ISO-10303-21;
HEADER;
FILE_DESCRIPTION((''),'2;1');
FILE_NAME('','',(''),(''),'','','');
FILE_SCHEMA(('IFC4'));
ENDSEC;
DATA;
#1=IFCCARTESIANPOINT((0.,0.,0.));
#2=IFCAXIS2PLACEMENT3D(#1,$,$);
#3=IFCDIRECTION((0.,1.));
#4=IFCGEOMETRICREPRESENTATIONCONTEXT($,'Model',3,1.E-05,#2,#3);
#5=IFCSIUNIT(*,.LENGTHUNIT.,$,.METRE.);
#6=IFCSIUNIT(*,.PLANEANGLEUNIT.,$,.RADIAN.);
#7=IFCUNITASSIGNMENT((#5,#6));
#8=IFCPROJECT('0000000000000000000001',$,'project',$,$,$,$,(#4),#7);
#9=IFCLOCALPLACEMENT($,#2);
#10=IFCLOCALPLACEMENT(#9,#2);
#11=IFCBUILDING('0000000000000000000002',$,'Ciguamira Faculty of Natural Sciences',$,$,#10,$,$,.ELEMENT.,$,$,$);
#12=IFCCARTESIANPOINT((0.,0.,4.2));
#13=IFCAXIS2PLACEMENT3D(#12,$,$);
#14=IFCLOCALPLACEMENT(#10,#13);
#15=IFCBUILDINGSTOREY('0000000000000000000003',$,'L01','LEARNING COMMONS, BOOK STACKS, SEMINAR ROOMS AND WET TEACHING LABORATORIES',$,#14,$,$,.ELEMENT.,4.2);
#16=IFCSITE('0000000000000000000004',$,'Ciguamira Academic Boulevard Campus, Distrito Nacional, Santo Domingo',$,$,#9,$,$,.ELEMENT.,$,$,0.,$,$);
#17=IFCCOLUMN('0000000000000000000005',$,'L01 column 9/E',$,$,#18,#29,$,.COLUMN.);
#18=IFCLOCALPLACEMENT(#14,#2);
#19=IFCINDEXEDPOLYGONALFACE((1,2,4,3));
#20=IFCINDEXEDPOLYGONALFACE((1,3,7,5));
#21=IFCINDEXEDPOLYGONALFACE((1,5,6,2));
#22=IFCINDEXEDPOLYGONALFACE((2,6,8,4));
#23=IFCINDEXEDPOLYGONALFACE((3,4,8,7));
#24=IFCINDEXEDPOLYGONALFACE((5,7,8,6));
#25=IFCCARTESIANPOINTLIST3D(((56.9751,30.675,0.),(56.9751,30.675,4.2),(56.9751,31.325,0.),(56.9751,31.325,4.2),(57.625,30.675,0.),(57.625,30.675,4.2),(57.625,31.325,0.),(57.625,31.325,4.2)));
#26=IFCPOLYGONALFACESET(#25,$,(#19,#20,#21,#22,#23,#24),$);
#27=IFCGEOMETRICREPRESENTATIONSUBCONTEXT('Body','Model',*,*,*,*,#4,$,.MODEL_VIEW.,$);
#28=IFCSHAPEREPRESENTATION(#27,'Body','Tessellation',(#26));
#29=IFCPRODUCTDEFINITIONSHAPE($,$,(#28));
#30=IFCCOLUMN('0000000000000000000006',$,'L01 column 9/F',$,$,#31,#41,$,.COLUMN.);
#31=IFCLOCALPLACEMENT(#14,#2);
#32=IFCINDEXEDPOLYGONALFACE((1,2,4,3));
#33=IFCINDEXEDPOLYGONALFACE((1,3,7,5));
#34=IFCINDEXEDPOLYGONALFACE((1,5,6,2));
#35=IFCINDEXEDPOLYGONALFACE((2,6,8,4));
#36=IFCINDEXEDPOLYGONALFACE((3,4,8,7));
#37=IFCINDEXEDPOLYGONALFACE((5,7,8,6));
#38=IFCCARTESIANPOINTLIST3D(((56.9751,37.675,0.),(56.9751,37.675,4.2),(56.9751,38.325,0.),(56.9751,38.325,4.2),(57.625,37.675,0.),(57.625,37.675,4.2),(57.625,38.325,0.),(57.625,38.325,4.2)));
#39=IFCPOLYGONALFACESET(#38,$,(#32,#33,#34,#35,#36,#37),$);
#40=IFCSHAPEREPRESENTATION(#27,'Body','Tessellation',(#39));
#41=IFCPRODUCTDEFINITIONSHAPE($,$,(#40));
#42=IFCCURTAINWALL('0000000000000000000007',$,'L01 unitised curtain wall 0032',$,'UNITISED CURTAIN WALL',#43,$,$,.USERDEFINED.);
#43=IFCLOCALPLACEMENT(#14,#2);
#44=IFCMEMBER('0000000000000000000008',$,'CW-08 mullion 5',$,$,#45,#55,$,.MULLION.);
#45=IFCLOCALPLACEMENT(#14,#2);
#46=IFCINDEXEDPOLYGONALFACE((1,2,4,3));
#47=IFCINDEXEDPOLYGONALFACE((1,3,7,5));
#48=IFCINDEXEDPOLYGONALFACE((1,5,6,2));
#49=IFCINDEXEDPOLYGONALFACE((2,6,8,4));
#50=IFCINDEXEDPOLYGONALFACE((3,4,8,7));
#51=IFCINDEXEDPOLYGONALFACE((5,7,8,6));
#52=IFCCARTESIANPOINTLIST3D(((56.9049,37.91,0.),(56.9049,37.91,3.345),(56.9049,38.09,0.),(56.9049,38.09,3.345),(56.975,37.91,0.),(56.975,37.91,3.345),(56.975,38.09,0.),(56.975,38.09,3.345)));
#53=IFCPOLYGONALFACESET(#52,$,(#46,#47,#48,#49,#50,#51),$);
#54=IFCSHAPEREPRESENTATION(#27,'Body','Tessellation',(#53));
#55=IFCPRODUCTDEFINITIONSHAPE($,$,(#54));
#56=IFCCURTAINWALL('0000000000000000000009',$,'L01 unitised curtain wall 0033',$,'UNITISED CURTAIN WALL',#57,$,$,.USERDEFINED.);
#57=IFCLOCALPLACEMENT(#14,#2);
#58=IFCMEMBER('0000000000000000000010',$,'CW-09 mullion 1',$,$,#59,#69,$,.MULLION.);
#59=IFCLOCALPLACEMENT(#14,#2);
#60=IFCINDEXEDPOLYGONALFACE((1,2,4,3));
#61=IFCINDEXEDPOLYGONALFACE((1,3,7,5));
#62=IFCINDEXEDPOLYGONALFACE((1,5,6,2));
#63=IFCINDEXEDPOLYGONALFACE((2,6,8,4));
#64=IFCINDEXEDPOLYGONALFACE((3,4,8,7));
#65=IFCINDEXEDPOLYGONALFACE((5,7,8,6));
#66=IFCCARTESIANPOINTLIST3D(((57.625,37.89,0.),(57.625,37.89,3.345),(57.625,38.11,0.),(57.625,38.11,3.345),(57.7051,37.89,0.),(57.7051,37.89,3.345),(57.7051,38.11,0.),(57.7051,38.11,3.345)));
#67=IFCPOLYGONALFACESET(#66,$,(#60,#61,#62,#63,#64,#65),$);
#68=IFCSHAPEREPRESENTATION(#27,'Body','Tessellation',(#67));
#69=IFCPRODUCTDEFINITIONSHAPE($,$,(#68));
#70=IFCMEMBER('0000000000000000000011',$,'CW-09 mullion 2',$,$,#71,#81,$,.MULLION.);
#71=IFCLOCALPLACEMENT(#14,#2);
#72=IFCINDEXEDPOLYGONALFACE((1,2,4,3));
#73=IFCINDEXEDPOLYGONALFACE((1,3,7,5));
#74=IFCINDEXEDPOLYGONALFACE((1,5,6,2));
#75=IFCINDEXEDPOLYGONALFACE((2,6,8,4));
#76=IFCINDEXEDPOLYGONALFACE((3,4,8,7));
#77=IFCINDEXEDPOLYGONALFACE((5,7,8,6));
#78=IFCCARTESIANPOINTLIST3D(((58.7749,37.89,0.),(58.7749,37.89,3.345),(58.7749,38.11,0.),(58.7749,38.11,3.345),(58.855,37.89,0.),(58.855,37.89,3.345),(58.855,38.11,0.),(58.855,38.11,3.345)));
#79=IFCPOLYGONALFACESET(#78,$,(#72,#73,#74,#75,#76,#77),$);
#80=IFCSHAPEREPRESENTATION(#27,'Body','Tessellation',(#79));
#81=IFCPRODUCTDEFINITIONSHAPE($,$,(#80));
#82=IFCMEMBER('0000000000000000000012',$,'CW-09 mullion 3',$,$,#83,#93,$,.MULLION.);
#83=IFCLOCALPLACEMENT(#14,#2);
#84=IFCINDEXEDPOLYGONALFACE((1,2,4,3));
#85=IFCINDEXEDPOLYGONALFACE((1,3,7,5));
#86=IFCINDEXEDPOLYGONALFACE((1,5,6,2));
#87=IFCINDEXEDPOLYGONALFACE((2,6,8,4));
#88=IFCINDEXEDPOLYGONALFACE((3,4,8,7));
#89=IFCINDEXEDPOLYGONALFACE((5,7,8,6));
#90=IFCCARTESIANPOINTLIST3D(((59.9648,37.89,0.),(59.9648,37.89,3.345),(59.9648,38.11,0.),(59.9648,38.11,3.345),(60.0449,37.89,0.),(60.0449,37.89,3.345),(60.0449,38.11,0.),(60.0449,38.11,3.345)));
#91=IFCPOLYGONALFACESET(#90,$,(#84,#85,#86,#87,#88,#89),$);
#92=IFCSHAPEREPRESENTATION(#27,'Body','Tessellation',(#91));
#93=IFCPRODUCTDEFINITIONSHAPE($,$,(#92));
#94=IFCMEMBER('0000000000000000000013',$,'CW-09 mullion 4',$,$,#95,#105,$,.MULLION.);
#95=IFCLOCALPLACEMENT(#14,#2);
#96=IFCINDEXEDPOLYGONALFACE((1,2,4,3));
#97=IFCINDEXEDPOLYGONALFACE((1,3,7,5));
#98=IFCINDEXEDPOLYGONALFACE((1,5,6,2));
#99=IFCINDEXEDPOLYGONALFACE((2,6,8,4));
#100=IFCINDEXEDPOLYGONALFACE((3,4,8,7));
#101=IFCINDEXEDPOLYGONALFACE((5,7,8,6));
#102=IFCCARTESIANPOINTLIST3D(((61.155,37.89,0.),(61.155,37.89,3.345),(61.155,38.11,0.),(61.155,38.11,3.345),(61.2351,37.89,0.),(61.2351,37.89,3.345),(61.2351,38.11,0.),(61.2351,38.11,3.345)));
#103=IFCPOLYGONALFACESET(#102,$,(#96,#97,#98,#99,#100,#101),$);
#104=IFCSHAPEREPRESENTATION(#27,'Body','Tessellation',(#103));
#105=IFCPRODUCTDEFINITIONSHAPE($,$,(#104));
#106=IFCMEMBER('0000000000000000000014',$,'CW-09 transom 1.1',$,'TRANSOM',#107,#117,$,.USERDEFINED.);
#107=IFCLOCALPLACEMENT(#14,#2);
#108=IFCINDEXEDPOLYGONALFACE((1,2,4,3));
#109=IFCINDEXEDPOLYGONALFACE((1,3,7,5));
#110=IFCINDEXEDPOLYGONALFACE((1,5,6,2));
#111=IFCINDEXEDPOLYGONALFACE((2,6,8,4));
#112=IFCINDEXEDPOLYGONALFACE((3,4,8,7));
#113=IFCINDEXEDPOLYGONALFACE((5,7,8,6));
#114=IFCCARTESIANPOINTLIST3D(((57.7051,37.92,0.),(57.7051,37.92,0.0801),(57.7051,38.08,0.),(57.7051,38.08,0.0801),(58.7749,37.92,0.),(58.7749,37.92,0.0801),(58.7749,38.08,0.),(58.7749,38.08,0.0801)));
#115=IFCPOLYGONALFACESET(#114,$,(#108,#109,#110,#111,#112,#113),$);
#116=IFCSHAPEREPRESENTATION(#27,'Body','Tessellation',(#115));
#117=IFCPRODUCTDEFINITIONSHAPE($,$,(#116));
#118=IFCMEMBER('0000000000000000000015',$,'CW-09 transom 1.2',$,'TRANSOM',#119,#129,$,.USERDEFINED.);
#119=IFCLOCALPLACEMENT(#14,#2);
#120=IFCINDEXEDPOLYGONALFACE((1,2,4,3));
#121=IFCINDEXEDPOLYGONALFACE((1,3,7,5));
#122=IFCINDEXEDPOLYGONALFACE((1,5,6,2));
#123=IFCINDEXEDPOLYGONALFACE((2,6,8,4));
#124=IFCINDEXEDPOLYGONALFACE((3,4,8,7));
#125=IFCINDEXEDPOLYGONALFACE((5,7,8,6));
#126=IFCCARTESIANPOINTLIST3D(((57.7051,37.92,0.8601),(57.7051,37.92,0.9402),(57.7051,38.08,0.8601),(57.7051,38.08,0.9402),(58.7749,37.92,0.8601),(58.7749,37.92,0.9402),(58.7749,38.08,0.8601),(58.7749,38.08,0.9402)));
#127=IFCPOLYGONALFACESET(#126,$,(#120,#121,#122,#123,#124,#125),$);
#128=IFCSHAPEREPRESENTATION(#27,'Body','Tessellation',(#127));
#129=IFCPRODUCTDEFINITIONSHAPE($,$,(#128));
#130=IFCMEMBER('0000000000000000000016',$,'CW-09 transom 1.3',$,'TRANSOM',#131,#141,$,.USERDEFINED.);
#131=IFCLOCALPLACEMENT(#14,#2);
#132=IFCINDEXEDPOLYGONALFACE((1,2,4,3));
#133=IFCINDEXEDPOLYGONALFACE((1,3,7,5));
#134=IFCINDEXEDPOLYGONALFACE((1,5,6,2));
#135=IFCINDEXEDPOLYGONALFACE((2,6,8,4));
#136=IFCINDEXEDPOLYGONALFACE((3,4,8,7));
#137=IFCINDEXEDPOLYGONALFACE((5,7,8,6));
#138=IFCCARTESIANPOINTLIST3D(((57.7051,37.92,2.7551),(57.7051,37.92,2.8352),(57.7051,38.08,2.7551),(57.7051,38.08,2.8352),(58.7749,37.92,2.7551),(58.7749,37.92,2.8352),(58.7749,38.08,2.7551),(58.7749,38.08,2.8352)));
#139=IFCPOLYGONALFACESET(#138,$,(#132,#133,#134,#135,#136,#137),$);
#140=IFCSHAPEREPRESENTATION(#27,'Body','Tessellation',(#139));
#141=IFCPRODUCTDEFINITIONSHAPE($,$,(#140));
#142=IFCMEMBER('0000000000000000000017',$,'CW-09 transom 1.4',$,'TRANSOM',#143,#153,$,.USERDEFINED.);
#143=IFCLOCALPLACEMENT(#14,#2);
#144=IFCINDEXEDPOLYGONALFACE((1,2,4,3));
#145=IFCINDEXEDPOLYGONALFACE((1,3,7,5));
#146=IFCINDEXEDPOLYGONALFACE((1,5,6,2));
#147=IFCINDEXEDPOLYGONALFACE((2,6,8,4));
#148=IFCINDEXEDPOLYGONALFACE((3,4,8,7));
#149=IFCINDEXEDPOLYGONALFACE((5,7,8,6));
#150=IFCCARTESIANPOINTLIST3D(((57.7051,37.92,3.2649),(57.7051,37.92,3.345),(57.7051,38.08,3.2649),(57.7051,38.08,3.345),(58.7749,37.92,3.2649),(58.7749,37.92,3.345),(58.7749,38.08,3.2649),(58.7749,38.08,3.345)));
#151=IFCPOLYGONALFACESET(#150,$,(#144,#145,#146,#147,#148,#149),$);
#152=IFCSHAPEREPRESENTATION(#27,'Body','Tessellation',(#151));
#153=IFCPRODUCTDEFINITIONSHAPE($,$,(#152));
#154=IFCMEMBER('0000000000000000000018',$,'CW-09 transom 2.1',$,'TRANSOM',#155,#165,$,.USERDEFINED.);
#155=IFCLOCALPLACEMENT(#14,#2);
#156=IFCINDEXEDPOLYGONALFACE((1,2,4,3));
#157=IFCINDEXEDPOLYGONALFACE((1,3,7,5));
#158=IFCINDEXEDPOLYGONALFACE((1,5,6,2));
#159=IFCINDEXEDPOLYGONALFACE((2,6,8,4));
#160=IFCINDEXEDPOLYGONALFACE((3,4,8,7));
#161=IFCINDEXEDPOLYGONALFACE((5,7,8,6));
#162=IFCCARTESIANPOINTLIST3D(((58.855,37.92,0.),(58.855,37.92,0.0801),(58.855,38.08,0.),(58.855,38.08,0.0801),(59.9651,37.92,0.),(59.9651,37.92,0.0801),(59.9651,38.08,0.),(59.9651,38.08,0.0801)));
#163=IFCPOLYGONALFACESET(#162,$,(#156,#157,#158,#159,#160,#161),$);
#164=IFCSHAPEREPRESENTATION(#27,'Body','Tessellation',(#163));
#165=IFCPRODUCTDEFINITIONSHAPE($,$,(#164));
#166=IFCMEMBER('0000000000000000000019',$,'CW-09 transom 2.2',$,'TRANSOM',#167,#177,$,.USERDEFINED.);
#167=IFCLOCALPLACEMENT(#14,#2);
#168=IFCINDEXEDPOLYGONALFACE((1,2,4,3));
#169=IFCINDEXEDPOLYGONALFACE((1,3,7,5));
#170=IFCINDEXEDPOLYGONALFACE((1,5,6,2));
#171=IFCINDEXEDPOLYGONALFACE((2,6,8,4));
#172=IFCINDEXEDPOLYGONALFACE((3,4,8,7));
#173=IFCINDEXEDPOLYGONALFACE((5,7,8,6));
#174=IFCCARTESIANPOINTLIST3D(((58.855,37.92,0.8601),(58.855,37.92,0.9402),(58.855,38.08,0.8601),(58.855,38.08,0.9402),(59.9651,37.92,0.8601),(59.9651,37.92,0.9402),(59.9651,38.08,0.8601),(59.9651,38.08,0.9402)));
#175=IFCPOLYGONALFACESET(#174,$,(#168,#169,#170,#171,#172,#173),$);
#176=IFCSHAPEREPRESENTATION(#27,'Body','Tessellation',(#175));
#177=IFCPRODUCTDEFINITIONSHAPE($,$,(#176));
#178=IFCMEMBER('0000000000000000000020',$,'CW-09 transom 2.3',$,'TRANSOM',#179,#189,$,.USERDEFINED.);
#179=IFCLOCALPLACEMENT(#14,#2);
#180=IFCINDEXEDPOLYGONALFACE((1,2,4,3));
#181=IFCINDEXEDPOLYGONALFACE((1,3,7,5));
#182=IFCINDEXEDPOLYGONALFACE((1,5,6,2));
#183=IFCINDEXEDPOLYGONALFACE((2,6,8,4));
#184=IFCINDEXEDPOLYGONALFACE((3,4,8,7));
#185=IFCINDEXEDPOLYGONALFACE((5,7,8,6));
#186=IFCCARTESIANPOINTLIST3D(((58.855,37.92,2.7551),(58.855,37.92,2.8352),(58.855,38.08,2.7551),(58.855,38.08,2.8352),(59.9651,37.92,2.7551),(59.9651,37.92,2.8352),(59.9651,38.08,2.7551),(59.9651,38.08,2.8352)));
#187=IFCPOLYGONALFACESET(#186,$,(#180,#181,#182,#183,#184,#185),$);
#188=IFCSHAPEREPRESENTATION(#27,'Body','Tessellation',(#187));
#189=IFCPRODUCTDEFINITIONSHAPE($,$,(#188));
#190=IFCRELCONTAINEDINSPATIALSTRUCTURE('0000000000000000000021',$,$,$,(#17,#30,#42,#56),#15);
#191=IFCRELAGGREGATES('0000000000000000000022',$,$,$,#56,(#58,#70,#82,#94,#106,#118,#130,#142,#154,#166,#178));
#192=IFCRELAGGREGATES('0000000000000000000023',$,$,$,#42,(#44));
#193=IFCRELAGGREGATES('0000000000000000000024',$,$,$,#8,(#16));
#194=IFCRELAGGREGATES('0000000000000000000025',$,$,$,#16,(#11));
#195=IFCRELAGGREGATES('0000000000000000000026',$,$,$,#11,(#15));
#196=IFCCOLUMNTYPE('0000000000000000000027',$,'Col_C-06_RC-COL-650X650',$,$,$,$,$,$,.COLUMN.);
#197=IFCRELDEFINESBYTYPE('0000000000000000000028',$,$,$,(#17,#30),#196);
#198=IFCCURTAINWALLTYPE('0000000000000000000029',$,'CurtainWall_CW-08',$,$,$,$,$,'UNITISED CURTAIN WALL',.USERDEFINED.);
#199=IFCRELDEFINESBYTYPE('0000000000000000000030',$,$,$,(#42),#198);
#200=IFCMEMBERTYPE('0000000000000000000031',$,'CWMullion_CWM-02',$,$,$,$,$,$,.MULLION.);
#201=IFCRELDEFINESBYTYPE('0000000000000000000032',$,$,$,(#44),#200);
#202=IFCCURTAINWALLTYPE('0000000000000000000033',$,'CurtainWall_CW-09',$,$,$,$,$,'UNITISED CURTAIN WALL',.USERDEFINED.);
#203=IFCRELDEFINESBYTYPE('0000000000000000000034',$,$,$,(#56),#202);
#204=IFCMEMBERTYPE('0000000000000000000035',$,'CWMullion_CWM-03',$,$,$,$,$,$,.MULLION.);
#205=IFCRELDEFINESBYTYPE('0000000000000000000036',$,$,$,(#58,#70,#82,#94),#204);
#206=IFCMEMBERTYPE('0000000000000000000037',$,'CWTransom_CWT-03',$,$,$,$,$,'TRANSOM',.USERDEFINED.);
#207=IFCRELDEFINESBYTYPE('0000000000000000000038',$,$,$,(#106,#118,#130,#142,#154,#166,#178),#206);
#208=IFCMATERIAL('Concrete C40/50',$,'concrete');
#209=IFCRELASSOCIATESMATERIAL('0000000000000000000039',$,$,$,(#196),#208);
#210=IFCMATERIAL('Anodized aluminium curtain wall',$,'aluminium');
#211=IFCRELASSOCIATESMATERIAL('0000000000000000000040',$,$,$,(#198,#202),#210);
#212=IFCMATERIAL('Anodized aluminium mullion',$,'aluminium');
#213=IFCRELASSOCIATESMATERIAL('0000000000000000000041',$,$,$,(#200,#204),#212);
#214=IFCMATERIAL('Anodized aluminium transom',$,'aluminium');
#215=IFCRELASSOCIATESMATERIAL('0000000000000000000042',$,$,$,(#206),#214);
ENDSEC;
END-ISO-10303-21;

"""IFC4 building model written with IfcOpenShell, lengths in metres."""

from ifc_helpers import new_model, si_unit, direction, frame, origin, origin_2d, place, context, subcontext, project, spatial, rectangle, extrude, material, material_profile, profile_set, type_object, element, aggregate, save


model = new_model("IFC4")

# Units and contexts
model_context = context("Model", 3, precision=1e-05, world=origin(), true_north=direction((0.0, 1.0)))
body_context = subcontext(model_context, "Body", "Model", "MODEL_VIEW")
ifc_project = project(units=[si_unit("LENGTHUNIT", "METRE"), si_unit("PLANEANGLEUNIT", "RADIAN")], contexts=[model_context])

# Site, building, storey
site_placement = place(None, origin())
site = spatial("IfcSite", under=ifc_project, at=site_placement, Name="Ciguamira Academic Boulevard Campus, Distrito Nacional, Santo Domingo", CompositionType="ELEMENT", RefElevation=0.0)
building_placement = place(site_placement, origin())
building = spatial("IfcBuilding", under=site, at=building_placement, Name="Ciguamira Faculty of Natural Sciences", CompositionType="ELEMENT")
storey_placement = place(building_placement, frame((0.0, 0.0, 4.2)))
storey = spatial("IfcBuildingStorey", under=building, at=storey_placement, Name="L01", Description="LEARNING COMMONS, BOOK STACKS, SEMINAR ROOMS AND WET TEACHING LABORATORIES", CompositionType="ELEMENT", Elevation=4.2)

# Columns
ifc_material_1 = material(Name="Concrete C40/50", Category="concrete")
ifc_material_profile_1 = material_profile(ifc_material_1, rectangle(XDim=0.6499, YDim=0.6499, at=origin_2d()), Name="RC-COL-650X650")
ifc_profile_set_1 = profile_set([ifc_material_profile_1], Name="Concrete C40/50")
column_type = type_object("IfcColumnType", Name="Col_C-06_RC-COL-650X650", PredefinedType="COLUMN", material=ifc_profile_set_1)
for number, where, z_axis, x_axis, name in (
    (1, (57.3, 31.0, 0.0), (0.0, 0.0, 1.0), (1.0, 0.0, 0.0), "L01 column 9/E"),
    (2, (57.3, 38.0, 0.0), (0.0, 0.0, 1.0), (1.0, 0.0, 0.0), "L01 column 9/F"),
):
    element("IfcColumn", number, at=place(storey_placement, frame(where, z_axis=z_axis, x_axis=x_axis)), inside=storey, type_object=column_type, Name=name, PredefinedType="COLUMN", context=body_context, shape_type="SweptSolid", body=[
        extrude(rectangle(XDim=0.6499, YDim=0.6499, at=origin_2d()), origin(), (0.0, 0.0, 1.0), 4.2),
    ])

# Curtain wall, member
ifc_material_2 = material(Name="Anodized aluminium curtain wall", Category="aluminium")
curtain_wall_type_1 = type_object("IfcCurtainWallType", Name="CurtainWall_CW-08", ElementType="UNITISED CURTAIN WALL", PredefinedType="USERDEFINED", material=ifc_material_2)
curtain_wall_1_placement = place(storey_placement, origin())
curtain_wall_1 = element("IfcCurtainWall", 3, at=curtain_wall_1_placement, inside=storey, type_object=curtain_wall_type_1, Name="L01 unitised curtain wall 0032", ObjectType="UNITISED CURTAIN WALL", PredefinedType="USERDEFINED")
ifc_material_3 = material(Name="Anodized aluminium mullion", Category="aluminium")
ifc_material_profile_2 = material_profile(ifc_material_3, rectangle(XDim=0.0701, YDim=0.1799, at=origin_2d()), Name="ALU-MUL-70X180")
ifc_profile_set_2 = profile_set([ifc_material_profile_2], Name="Anodized aluminium mullion")
member_type_1 = type_object("IfcMemberType", Name="CWMullion_CWM-02", PredefinedType="MULLION", material=ifc_profile_set_2)
member_1_placement = place(storey_placement, frame((56.9399, 38.0, 0.0), z_axis=(0.0, 0.0, 1.0), x_axis=(1.0, 0.0, 0.0)))
member_1 = element("IfcMember", 4, at=member_1_placement, type_object=member_type_1, Name="CW-08 mullion 5", PredefinedType="MULLION", context=body_context, shape_type="SweptSolid", body=[
    extrude(rectangle(XDim=0.0701, YDim=0.1799, at=origin_2d()), origin(), (0.0, 0.0, 1.0), 3.345),
])

# Curtain wall, members
curtain_wall_type_2 = type_object("IfcCurtainWallType", Name="CurtainWall_CW-09", ElementType="UNITISED CURTAIN WALL", PredefinedType="USERDEFINED", material=ifc_material_2)
curtain_wall_2_placement = place(storey_placement, origin())
curtain_wall_2 = element("IfcCurtainWall", 5, at=curtain_wall_2_placement, inside=storey, type_object=curtain_wall_type_2, Name="L01 unitised curtain wall 0033", ObjectType="UNITISED CURTAIN WALL", PredefinedType="USERDEFINED")
ifc_material_profile_3 = material_profile(ifc_material_3, rectangle(XDim=0.0801, YDim=0.22, at=origin_2d()), Name="ALU-MUL-80X220")
ifc_profile_set_3 = profile_set([ifc_material_profile_3], Name="Anodized aluminium mullion")
member_type_2 = type_object("IfcMemberType", Name="CWMullion_CWM-03", PredefinedType="MULLION", material=ifc_profile_set_3)
member_2_placement = place(storey_placement, frame((57.665, 38.0, 0.0), z_axis=(0.0, 0.0, 1.0), x_axis=(1.0, 0.0, 0.0)))
member_2 = element("IfcMember", 6, at=member_2_placement, type_object=member_type_2, Name="CW-09 mullion 1", PredefinedType="MULLION", context=body_context, shape_type="SweptSolid", body=[
    extrude(rectangle(XDim=0.0801, YDim=0.22, at=origin_2d()), origin(), (0.0, 0.0, 1.0), 3.345),
])
member_3_placement = place(storey_placement, frame((58.8149, 38.0, 0.0), z_axis=(0.0, 0.0, 1.0), x_axis=(1.0, 0.0, 0.0)))
member_3 = element("IfcMember", 7, at=member_3_placement, type_object=member_type_2, Name="CW-09 mullion 2", PredefinedType="MULLION", context=body_context, shape_type="SweptSolid", body=[
    extrude(rectangle(XDim=0.0801, YDim=0.22, at=origin_2d()), origin(), (0.0, 0.0, 1.0), 3.345),
])
member_4_placement = place(storey_placement, frame((60.0049, 38.0, 0.0), z_axis=(0.0, 0.0, 1.0), x_axis=(1.0, 0.0, 0.0)))
member_4 = element("IfcMember", 8, at=member_4_placement, type_object=member_type_2, Name="CW-09 mullion 3", PredefinedType="MULLION", context=body_context, shape_type="SweptSolid", body=[
    extrude(rectangle(XDim=0.0801, YDim=0.22, at=origin_2d()), origin(), (0.0, 0.0, 1.0), 3.345),
])
member_5_placement = place(storey_placement, frame((61.1951, 38.0, 0.0), z_axis=(0.0, 0.0, 1.0), x_axis=(1.0, 0.0, 0.0)))
member_5 = element("IfcMember", 9, at=member_5_placement, type_object=member_type_2, Name="CW-09 mullion 4", PredefinedType="MULLION", context=body_context, shape_type="SweptSolid", body=[
    extrude(rectangle(XDim=0.0801, YDim=0.22, at=origin_2d()), origin(), (0.0, 0.0, 1.0), 3.345),
])
ifc_material_4 = material(Name="Anodized aluminium transom", Category="aluminium")
ifc_material_profile_4 = material_profile(ifc_material_4, rectangle(XDim=0.0801, YDim=0.1599, at=origin_2d()), Name="ALU-TRN-80X160")
ifc_profile_set_4 = profile_set([ifc_material_profile_4], Name="Anodized aluminium transom")
member_type_3 = type_object("IfcMemberType", Name="CWTransom_CWT-03", ElementType="TRANSOM", PredefinedType="USERDEFINED", material=ifc_profile_set_4)
member_6_placement = place(storey_placement, frame((57.7051, 38.0, 0.04), z_axis=(1.0, 0.0, 0.0), x_axis=(0.0, 0.0, 1.0)))
member_6 = element("IfcMember", 10, at=member_6_placement, type_object=member_type_3, Name="CW-09 transom 1.1", ObjectType="TRANSOM", PredefinedType="USERDEFINED", context=body_context, shape_type="SweptSolid", body=[
    extrude(rectangle(XDim=0.0801, YDim=0.1599, at=origin_2d()), origin(), (0.0, 0.0, 1.0), 1.0698),
])
member_7_placement = place(storey_placement, frame((57.7051, 38.0, 0.9001), z_axis=(1.0, 0.0, 0.0), x_axis=(0.0, 0.0, 1.0)))
member_7 = element("IfcMember", 11, at=member_7_placement, type_object=member_type_3, Name="CW-09 transom 1.2", ObjectType="TRANSOM", PredefinedType="USERDEFINED", context=body_context, shape_type="SweptSolid", body=[
    extrude(rectangle(XDim=0.0801, YDim=0.1599, at=origin_2d()), origin(), (0.0, 0.0, 1.0), 1.0698),
])
member_8_placement = place(storey_placement, frame((57.7051, 38.0, 2.7952), z_axis=(1.0, 0.0, 0.0), x_axis=(0.0, 0.0, 1.0)))
member_8 = element("IfcMember", 12, at=member_8_placement, type_object=member_type_3, Name="CW-09 transom 1.3", ObjectType="TRANSOM", PredefinedType="USERDEFINED", context=body_context, shape_type="SweptSolid", body=[
    extrude(rectangle(XDim=0.0801, YDim=0.1599, at=origin_2d()), origin(), (0.0, 0.0, 1.0), 1.0698),
])
member_9_placement = place(storey_placement, frame((57.7051, 38.0, 3.3049), z_axis=(1.0, 0.0, 0.0), x_axis=(0.0, 0.0, 1.0)))
member_9 = element("IfcMember", 13, at=member_9_placement, type_object=member_type_3, Name="CW-09 transom 1.4", ObjectType="TRANSOM", PredefinedType="USERDEFINED", context=body_context, shape_type="SweptSolid", body=[
    extrude(rectangle(XDim=0.0801, YDim=0.1599, at=origin_2d()), origin(), (0.0, 0.0, 1.0), 1.0698),
])
member_10_placement = place(storey_placement, frame((58.855, 38.0, 0.04), z_axis=(1.0, 0.0, 0.0), x_axis=(0.0, 0.0, 1.0)))
member_10 = element("IfcMember", 14, at=member_10_placement, type_object=member_type_3, Name="CW-09 transom 2.1", ObjectType="TRANSOM", PredefinedType="USERDEFINED", context=body_context, shape_type="SweptSolid", body=[
    extrude(rectangle(XDim=0.0801, YDim=0.1599, at=origin_2d()), origin(), (0.0, 0.0, 1.0), 1.1101),
])
member_11_placement = place(storey_placement, frame((58.855, 38.0, 0.9001), z_axis=(1.0, 0.0, 0.0), x_axis=(0.0, 0.0, 1.0)))
member_11 = element("IfcMember", 15, at=member_11_placement, type_object=member_type_3, Name="CW-09 transom 2.2", ObjectType="TRANSOM", PredefinedType="USERDEFINED", context=body_context, shape_type="SweptSolid", body=[
    extrude(rectangle(XDim=0.0801, YDim=0.1599, at=origin_2d()), origin(), (0.0, 0.0, 1.0), 1.1101),
])
member_12_placement = place(storey_placement, frame((58.855, 38.0, 2.7952), z_axis=(1.0, 0.0, 0.0), x_axis=(0.0, 0.0, 1.0)))
member_12 = element("IfcMember", 16, at=member_12_placement, type_object=member_type_3, Name="CW-09 transom 2.3", ObjectType="TRANSOM", PredefinedType="USERDEFINED", context=body_context, shape_type="SweptSolid", body=[
    extrude(rectangle(XDim=0.0801, YDim=0.1599, at=origin_2d()), origin(), (0.0, 0.0, 1.0), 1.1101),
])

aggregate(curtain_wall_2, [member_2, member_3, member_4, member_5, member_6, member_7, member_8, member_9, member_10, member_11, member_12])
aggregate(curtain_wall_1, [member_1])

save(model, "model.ifc")
